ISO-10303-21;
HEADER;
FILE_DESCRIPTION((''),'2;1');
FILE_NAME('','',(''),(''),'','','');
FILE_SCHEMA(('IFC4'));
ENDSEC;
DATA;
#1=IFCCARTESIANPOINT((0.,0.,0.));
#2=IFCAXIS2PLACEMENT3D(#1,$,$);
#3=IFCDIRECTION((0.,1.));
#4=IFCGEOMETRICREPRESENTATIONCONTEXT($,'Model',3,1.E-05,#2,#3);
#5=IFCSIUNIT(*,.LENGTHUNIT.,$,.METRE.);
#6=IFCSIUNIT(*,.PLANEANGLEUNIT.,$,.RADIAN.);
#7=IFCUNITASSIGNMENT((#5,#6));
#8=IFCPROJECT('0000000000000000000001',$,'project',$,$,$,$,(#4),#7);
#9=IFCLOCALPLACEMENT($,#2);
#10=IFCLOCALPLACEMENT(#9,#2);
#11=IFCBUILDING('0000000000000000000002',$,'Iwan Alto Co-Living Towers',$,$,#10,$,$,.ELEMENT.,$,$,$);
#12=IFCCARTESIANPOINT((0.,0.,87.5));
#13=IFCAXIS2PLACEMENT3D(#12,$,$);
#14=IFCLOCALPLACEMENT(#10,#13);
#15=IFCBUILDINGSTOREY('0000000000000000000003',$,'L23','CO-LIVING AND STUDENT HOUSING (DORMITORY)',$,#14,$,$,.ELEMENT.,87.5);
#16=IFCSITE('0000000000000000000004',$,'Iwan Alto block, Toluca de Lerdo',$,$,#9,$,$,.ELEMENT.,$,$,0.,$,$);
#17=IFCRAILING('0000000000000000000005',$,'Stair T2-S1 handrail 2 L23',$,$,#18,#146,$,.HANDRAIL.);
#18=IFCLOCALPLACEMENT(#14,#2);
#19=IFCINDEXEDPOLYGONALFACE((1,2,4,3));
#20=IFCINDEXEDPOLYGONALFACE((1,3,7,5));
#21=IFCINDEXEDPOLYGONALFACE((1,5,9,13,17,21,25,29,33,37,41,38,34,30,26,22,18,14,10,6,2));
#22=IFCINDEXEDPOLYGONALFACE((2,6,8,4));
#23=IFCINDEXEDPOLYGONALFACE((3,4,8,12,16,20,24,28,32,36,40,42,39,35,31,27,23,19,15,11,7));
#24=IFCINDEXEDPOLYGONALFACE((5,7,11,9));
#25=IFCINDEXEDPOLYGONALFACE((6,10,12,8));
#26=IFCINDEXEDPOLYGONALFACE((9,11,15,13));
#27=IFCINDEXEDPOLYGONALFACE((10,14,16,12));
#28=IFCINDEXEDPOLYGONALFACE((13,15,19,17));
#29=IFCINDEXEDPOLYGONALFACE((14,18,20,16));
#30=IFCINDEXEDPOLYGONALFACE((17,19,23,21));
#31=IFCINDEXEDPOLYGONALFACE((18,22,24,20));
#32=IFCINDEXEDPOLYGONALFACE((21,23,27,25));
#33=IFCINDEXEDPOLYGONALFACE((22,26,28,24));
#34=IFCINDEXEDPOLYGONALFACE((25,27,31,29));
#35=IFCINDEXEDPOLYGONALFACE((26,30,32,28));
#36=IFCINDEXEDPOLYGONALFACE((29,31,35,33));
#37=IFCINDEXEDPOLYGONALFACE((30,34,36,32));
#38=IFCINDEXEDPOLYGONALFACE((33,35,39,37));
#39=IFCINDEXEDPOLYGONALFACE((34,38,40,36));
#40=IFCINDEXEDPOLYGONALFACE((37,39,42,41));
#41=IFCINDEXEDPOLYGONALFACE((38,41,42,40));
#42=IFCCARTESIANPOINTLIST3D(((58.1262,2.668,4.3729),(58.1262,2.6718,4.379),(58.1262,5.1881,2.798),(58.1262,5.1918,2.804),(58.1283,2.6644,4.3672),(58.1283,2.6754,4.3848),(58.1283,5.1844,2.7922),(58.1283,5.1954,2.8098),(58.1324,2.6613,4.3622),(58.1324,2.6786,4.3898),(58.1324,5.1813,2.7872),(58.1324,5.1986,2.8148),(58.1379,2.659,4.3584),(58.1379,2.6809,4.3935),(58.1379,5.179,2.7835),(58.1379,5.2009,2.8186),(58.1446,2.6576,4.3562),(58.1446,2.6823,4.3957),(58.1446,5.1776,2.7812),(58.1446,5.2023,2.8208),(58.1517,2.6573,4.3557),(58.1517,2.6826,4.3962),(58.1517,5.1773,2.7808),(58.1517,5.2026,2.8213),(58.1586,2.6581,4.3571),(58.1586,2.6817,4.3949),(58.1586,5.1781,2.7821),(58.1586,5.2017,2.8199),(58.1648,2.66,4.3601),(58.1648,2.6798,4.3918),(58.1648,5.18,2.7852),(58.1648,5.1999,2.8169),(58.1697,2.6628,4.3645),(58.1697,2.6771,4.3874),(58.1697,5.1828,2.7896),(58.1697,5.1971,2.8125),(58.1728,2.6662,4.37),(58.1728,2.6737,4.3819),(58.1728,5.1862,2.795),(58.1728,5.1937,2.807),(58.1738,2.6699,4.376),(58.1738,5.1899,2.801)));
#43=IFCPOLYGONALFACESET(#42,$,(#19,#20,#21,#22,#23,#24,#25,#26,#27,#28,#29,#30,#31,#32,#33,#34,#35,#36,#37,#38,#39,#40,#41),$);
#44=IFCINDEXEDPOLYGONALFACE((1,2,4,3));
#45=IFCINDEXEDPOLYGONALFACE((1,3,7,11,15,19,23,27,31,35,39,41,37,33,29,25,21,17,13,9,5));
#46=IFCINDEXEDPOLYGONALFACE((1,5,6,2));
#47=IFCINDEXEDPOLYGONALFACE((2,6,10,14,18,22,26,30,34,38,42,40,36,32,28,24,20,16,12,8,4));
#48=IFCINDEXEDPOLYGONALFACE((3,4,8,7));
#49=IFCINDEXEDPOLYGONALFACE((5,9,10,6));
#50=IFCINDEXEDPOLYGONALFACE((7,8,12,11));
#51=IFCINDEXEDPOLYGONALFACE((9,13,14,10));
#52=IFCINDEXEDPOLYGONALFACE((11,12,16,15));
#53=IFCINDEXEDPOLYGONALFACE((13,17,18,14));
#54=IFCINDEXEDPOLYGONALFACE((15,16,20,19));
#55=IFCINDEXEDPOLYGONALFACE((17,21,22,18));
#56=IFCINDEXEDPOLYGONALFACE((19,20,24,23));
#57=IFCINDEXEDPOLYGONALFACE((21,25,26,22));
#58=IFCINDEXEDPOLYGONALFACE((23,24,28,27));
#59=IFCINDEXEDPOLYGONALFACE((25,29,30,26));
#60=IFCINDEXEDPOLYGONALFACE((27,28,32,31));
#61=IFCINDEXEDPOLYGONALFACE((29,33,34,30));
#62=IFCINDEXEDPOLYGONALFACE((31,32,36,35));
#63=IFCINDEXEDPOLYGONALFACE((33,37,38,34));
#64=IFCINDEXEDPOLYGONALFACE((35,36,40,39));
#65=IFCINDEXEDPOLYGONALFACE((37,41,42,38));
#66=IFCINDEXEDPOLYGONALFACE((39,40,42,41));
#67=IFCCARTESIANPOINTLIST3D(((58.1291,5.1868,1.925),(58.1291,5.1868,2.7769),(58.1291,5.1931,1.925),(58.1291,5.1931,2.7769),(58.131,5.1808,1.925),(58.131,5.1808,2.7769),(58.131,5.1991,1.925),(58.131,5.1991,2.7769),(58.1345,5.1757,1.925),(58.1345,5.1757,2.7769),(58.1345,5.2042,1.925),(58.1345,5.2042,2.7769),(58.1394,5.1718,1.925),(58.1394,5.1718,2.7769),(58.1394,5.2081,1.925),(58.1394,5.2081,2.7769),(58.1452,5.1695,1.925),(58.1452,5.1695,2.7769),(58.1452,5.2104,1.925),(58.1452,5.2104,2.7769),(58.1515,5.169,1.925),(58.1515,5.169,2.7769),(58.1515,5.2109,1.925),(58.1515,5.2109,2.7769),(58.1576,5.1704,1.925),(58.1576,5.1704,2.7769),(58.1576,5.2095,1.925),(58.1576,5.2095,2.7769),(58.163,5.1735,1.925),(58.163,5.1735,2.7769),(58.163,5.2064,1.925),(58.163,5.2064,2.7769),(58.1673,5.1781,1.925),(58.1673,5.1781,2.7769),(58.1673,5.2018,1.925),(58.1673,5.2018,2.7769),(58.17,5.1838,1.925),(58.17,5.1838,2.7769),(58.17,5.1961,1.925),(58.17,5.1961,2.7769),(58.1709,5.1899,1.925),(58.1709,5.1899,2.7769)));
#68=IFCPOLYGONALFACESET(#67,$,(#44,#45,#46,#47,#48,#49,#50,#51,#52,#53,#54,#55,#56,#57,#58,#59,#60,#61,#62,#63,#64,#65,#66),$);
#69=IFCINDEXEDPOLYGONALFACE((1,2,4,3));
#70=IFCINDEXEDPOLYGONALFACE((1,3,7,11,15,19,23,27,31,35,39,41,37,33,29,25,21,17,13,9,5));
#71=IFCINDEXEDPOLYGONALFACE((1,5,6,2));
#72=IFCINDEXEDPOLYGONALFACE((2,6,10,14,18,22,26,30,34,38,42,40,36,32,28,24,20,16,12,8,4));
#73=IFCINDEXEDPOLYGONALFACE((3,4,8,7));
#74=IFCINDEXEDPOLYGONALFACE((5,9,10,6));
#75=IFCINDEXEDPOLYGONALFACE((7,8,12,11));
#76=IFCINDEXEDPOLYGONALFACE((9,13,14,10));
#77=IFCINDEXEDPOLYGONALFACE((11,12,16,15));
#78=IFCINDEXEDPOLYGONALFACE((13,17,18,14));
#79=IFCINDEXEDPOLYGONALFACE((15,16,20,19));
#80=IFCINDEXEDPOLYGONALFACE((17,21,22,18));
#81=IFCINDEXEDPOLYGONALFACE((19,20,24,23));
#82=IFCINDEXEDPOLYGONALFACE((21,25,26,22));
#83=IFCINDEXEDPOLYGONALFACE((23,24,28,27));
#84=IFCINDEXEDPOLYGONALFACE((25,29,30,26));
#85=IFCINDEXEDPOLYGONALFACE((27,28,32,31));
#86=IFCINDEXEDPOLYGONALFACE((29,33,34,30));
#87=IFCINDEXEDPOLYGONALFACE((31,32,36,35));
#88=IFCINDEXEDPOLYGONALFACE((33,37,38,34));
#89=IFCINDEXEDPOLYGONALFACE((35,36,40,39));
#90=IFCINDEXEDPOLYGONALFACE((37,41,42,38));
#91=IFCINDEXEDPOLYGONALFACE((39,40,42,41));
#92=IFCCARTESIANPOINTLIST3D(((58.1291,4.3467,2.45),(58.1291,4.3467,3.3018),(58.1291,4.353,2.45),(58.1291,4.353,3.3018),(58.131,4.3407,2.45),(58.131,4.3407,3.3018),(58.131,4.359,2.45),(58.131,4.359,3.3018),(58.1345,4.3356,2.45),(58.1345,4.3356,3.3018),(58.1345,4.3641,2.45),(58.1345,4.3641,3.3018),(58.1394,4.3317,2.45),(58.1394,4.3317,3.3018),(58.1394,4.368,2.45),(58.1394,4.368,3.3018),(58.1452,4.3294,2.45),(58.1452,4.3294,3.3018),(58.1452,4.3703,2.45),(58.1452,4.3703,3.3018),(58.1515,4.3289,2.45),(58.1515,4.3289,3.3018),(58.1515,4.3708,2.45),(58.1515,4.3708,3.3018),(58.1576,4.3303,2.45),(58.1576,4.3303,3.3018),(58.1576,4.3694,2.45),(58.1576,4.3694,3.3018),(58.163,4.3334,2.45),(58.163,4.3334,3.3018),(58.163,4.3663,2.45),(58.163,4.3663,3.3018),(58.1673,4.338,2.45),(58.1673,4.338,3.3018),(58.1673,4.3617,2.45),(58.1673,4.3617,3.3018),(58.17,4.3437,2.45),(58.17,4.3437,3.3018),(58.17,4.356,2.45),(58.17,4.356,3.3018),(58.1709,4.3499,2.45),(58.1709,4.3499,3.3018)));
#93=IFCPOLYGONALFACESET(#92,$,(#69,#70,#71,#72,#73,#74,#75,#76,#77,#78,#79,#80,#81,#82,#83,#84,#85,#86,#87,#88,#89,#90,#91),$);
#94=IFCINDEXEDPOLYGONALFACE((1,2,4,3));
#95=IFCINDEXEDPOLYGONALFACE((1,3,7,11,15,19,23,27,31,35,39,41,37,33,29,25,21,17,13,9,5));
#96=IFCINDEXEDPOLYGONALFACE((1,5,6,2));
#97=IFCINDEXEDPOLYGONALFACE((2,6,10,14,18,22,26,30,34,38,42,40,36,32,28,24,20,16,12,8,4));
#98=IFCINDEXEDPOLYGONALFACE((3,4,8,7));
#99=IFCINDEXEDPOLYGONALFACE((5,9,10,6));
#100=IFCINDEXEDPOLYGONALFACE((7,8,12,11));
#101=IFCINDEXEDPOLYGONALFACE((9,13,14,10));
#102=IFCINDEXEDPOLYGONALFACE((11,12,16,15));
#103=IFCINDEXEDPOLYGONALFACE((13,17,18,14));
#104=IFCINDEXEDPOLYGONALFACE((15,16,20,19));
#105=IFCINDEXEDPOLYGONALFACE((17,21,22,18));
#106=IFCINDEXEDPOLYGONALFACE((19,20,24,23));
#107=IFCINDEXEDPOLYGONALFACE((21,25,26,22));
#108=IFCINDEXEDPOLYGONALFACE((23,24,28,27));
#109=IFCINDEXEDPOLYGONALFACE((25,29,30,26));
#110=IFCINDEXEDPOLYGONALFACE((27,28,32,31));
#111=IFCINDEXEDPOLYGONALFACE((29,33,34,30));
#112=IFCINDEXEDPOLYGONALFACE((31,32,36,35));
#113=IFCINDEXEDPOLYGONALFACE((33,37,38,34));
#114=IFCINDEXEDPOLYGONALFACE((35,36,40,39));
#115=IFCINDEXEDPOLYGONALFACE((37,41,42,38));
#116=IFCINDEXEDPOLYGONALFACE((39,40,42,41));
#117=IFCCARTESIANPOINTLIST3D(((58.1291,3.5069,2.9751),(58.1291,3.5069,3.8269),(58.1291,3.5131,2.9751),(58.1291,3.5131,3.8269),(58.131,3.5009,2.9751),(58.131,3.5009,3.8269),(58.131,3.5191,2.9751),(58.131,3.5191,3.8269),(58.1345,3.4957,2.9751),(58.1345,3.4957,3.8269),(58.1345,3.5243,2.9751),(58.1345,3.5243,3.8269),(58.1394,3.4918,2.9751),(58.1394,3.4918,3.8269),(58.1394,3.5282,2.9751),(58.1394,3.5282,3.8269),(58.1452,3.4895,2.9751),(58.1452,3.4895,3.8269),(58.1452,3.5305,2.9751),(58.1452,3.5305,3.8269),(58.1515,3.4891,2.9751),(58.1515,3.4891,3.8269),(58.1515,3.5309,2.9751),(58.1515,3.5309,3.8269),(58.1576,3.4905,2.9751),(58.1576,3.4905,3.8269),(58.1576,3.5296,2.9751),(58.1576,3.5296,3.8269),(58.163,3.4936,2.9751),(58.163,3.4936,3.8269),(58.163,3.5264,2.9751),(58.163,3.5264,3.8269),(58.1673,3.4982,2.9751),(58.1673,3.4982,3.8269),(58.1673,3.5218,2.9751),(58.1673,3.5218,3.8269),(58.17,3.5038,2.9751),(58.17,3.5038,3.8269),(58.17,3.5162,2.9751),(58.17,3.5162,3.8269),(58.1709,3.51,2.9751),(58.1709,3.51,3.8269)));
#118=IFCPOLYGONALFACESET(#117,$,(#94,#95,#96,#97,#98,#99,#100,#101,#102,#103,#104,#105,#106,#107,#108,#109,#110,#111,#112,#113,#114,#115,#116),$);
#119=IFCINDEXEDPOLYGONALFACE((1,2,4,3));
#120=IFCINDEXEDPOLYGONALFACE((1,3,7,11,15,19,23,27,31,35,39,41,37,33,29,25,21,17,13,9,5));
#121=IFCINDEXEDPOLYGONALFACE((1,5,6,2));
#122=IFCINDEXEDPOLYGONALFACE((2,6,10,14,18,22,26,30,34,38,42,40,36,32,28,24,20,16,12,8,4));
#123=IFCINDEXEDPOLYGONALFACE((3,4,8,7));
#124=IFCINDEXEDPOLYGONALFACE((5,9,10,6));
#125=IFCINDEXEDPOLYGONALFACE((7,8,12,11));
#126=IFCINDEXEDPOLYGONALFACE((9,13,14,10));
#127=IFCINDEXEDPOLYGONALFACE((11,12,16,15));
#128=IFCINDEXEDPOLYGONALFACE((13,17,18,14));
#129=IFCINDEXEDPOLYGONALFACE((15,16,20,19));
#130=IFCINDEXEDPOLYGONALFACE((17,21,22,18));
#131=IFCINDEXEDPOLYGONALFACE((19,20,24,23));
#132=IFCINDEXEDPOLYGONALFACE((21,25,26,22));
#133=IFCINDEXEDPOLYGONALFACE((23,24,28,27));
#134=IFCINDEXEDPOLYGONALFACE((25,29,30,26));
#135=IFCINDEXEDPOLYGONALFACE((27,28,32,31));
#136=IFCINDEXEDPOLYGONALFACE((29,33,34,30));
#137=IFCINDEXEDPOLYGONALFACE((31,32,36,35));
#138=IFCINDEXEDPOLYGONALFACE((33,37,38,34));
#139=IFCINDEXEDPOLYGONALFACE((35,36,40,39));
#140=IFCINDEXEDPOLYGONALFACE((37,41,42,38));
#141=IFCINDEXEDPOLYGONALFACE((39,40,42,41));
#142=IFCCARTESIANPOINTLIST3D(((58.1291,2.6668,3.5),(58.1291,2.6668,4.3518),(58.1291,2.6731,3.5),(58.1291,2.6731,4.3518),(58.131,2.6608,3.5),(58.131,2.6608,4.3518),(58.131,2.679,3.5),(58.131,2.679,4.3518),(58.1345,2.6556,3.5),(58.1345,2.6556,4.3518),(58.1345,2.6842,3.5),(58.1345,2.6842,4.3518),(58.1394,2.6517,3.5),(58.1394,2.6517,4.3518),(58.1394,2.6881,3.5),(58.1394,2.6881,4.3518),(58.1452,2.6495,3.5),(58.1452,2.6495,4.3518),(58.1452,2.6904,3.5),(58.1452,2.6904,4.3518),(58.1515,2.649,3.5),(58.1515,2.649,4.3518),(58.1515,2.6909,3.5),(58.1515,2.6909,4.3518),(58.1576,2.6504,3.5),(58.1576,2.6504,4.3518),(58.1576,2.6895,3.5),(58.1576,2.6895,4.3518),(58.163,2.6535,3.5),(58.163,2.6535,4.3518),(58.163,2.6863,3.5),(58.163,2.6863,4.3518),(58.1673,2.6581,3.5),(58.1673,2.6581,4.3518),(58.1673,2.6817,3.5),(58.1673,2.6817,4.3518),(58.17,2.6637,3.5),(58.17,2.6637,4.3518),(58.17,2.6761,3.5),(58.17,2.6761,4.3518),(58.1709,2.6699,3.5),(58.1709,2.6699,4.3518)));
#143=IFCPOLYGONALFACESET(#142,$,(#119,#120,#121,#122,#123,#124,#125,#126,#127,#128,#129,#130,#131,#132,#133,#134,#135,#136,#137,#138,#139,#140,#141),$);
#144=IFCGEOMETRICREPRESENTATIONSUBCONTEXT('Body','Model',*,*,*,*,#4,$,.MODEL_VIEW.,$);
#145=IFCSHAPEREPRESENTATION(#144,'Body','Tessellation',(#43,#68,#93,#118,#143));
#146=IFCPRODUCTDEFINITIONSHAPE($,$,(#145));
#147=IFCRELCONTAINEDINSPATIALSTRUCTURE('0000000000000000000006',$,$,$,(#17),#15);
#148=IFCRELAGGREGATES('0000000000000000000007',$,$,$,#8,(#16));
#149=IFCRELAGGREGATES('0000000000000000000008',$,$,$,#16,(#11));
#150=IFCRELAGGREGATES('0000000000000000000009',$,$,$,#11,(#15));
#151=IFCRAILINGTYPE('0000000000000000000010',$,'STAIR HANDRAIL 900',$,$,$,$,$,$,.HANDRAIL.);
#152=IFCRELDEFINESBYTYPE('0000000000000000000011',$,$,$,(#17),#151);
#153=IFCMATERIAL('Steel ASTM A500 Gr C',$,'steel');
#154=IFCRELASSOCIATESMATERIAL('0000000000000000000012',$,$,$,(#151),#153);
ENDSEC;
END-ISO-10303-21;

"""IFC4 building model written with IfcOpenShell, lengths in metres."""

from ifc_helpers import new_model, si_unit, direction, frame, origin, origin_2d, place, context, subcontext, project, spatial, circle, extrude, material, type_object, element, save


model = new_model("IFC4")

# Units and contexts
model_context = context("Model", 3, precision=1e-05, world=origin(), true_north=direction((0.0, 1.0)))
body_context = subcontext(model_context, "Body", "Model", "MODEL_VIEW")
ifc_project = project(units=[si_unit("LENGTHUNIT", "METRE"), si_unit("PLANEANGLEUNIT", "RADIAN")], contexts=[model_context])

# Site, building, storey
site_placement = place(None, origin())
site = spatial("IfcSite", under=ifc_project, at=site_placement, Name="Iwan Alto block, Toluca de Lerdo", CompositionType="ELEMENT", RefElevation=0.0)
building_placement = place(site_placement, origin())
building = spatial("IfcBuilding", under=site, at=building_placement, Name="Iwan Alto Co-Living Towers", CompositionType="ELEMENT")
storey_placement = place(building_placement, frame((0.0, 0.0, 87.5)))
storey = spatial("IfcBuildingStorey", under=building, at=storey_placement, Name="L23", Description="CO-LIVING AND STUDENT HOUSING (DORMITORY)", CompositionType="ELEMENT", Elevation=87.5)

# Railing
ifc_material_1 = material(Name="Steel ASTM A500 Gr C", Category="steel")
railing_type_1 = type_object("IfcRailingType", Name="STAIR HANDRAIL 900", PredefinedType="HANDRAIL", material=ifc_material_1)
railing_1_placement = place(storey_placement, frame((58.1499, 5.1899, 1.925)))
element("IfcRailing", 1, at=railing_1_placement, inside=storey, type_object=railing_type_1, Name="Stair T2-S1 handrail 2 L23", PredefinedType="HANDRAIL", context=body_context, shape_type="SweptSolid", body=[
    extrude(circle(Radius=0.0239, at=origin_2d()), frame((0.0, 0.0, 0.876), z_axis=(0.0, -0.848008, 0.529984), x_axis=(1.0, 0.0, 0.0)), (0.0, 0.0, 1.0), 2.9717),
    extrude(circle(Radius=0.021, at=origin_2d()), origin(), (0.0, 0.0, 1.0), 0.8518),
    extrude(circle(Radius=0.021, at=origin_2d()), frame((0.0, -0.8401, 0.5249)), (0.0, 0.0, 1.0), 0.8518),
    extrude(circle(Radius=0.021, at=origin_2d()), frame((0.0, -1.6799, 1.05)), (0.0, 0.0, 1.0), 0.8518),
    extrude(circle(Radius=0.021, at=origin_2d()), frame((0.0, -2.52, 1.575)), (0.0, 0.0, 1.0), 0.8518),
])

save(model, "model.ifc")
